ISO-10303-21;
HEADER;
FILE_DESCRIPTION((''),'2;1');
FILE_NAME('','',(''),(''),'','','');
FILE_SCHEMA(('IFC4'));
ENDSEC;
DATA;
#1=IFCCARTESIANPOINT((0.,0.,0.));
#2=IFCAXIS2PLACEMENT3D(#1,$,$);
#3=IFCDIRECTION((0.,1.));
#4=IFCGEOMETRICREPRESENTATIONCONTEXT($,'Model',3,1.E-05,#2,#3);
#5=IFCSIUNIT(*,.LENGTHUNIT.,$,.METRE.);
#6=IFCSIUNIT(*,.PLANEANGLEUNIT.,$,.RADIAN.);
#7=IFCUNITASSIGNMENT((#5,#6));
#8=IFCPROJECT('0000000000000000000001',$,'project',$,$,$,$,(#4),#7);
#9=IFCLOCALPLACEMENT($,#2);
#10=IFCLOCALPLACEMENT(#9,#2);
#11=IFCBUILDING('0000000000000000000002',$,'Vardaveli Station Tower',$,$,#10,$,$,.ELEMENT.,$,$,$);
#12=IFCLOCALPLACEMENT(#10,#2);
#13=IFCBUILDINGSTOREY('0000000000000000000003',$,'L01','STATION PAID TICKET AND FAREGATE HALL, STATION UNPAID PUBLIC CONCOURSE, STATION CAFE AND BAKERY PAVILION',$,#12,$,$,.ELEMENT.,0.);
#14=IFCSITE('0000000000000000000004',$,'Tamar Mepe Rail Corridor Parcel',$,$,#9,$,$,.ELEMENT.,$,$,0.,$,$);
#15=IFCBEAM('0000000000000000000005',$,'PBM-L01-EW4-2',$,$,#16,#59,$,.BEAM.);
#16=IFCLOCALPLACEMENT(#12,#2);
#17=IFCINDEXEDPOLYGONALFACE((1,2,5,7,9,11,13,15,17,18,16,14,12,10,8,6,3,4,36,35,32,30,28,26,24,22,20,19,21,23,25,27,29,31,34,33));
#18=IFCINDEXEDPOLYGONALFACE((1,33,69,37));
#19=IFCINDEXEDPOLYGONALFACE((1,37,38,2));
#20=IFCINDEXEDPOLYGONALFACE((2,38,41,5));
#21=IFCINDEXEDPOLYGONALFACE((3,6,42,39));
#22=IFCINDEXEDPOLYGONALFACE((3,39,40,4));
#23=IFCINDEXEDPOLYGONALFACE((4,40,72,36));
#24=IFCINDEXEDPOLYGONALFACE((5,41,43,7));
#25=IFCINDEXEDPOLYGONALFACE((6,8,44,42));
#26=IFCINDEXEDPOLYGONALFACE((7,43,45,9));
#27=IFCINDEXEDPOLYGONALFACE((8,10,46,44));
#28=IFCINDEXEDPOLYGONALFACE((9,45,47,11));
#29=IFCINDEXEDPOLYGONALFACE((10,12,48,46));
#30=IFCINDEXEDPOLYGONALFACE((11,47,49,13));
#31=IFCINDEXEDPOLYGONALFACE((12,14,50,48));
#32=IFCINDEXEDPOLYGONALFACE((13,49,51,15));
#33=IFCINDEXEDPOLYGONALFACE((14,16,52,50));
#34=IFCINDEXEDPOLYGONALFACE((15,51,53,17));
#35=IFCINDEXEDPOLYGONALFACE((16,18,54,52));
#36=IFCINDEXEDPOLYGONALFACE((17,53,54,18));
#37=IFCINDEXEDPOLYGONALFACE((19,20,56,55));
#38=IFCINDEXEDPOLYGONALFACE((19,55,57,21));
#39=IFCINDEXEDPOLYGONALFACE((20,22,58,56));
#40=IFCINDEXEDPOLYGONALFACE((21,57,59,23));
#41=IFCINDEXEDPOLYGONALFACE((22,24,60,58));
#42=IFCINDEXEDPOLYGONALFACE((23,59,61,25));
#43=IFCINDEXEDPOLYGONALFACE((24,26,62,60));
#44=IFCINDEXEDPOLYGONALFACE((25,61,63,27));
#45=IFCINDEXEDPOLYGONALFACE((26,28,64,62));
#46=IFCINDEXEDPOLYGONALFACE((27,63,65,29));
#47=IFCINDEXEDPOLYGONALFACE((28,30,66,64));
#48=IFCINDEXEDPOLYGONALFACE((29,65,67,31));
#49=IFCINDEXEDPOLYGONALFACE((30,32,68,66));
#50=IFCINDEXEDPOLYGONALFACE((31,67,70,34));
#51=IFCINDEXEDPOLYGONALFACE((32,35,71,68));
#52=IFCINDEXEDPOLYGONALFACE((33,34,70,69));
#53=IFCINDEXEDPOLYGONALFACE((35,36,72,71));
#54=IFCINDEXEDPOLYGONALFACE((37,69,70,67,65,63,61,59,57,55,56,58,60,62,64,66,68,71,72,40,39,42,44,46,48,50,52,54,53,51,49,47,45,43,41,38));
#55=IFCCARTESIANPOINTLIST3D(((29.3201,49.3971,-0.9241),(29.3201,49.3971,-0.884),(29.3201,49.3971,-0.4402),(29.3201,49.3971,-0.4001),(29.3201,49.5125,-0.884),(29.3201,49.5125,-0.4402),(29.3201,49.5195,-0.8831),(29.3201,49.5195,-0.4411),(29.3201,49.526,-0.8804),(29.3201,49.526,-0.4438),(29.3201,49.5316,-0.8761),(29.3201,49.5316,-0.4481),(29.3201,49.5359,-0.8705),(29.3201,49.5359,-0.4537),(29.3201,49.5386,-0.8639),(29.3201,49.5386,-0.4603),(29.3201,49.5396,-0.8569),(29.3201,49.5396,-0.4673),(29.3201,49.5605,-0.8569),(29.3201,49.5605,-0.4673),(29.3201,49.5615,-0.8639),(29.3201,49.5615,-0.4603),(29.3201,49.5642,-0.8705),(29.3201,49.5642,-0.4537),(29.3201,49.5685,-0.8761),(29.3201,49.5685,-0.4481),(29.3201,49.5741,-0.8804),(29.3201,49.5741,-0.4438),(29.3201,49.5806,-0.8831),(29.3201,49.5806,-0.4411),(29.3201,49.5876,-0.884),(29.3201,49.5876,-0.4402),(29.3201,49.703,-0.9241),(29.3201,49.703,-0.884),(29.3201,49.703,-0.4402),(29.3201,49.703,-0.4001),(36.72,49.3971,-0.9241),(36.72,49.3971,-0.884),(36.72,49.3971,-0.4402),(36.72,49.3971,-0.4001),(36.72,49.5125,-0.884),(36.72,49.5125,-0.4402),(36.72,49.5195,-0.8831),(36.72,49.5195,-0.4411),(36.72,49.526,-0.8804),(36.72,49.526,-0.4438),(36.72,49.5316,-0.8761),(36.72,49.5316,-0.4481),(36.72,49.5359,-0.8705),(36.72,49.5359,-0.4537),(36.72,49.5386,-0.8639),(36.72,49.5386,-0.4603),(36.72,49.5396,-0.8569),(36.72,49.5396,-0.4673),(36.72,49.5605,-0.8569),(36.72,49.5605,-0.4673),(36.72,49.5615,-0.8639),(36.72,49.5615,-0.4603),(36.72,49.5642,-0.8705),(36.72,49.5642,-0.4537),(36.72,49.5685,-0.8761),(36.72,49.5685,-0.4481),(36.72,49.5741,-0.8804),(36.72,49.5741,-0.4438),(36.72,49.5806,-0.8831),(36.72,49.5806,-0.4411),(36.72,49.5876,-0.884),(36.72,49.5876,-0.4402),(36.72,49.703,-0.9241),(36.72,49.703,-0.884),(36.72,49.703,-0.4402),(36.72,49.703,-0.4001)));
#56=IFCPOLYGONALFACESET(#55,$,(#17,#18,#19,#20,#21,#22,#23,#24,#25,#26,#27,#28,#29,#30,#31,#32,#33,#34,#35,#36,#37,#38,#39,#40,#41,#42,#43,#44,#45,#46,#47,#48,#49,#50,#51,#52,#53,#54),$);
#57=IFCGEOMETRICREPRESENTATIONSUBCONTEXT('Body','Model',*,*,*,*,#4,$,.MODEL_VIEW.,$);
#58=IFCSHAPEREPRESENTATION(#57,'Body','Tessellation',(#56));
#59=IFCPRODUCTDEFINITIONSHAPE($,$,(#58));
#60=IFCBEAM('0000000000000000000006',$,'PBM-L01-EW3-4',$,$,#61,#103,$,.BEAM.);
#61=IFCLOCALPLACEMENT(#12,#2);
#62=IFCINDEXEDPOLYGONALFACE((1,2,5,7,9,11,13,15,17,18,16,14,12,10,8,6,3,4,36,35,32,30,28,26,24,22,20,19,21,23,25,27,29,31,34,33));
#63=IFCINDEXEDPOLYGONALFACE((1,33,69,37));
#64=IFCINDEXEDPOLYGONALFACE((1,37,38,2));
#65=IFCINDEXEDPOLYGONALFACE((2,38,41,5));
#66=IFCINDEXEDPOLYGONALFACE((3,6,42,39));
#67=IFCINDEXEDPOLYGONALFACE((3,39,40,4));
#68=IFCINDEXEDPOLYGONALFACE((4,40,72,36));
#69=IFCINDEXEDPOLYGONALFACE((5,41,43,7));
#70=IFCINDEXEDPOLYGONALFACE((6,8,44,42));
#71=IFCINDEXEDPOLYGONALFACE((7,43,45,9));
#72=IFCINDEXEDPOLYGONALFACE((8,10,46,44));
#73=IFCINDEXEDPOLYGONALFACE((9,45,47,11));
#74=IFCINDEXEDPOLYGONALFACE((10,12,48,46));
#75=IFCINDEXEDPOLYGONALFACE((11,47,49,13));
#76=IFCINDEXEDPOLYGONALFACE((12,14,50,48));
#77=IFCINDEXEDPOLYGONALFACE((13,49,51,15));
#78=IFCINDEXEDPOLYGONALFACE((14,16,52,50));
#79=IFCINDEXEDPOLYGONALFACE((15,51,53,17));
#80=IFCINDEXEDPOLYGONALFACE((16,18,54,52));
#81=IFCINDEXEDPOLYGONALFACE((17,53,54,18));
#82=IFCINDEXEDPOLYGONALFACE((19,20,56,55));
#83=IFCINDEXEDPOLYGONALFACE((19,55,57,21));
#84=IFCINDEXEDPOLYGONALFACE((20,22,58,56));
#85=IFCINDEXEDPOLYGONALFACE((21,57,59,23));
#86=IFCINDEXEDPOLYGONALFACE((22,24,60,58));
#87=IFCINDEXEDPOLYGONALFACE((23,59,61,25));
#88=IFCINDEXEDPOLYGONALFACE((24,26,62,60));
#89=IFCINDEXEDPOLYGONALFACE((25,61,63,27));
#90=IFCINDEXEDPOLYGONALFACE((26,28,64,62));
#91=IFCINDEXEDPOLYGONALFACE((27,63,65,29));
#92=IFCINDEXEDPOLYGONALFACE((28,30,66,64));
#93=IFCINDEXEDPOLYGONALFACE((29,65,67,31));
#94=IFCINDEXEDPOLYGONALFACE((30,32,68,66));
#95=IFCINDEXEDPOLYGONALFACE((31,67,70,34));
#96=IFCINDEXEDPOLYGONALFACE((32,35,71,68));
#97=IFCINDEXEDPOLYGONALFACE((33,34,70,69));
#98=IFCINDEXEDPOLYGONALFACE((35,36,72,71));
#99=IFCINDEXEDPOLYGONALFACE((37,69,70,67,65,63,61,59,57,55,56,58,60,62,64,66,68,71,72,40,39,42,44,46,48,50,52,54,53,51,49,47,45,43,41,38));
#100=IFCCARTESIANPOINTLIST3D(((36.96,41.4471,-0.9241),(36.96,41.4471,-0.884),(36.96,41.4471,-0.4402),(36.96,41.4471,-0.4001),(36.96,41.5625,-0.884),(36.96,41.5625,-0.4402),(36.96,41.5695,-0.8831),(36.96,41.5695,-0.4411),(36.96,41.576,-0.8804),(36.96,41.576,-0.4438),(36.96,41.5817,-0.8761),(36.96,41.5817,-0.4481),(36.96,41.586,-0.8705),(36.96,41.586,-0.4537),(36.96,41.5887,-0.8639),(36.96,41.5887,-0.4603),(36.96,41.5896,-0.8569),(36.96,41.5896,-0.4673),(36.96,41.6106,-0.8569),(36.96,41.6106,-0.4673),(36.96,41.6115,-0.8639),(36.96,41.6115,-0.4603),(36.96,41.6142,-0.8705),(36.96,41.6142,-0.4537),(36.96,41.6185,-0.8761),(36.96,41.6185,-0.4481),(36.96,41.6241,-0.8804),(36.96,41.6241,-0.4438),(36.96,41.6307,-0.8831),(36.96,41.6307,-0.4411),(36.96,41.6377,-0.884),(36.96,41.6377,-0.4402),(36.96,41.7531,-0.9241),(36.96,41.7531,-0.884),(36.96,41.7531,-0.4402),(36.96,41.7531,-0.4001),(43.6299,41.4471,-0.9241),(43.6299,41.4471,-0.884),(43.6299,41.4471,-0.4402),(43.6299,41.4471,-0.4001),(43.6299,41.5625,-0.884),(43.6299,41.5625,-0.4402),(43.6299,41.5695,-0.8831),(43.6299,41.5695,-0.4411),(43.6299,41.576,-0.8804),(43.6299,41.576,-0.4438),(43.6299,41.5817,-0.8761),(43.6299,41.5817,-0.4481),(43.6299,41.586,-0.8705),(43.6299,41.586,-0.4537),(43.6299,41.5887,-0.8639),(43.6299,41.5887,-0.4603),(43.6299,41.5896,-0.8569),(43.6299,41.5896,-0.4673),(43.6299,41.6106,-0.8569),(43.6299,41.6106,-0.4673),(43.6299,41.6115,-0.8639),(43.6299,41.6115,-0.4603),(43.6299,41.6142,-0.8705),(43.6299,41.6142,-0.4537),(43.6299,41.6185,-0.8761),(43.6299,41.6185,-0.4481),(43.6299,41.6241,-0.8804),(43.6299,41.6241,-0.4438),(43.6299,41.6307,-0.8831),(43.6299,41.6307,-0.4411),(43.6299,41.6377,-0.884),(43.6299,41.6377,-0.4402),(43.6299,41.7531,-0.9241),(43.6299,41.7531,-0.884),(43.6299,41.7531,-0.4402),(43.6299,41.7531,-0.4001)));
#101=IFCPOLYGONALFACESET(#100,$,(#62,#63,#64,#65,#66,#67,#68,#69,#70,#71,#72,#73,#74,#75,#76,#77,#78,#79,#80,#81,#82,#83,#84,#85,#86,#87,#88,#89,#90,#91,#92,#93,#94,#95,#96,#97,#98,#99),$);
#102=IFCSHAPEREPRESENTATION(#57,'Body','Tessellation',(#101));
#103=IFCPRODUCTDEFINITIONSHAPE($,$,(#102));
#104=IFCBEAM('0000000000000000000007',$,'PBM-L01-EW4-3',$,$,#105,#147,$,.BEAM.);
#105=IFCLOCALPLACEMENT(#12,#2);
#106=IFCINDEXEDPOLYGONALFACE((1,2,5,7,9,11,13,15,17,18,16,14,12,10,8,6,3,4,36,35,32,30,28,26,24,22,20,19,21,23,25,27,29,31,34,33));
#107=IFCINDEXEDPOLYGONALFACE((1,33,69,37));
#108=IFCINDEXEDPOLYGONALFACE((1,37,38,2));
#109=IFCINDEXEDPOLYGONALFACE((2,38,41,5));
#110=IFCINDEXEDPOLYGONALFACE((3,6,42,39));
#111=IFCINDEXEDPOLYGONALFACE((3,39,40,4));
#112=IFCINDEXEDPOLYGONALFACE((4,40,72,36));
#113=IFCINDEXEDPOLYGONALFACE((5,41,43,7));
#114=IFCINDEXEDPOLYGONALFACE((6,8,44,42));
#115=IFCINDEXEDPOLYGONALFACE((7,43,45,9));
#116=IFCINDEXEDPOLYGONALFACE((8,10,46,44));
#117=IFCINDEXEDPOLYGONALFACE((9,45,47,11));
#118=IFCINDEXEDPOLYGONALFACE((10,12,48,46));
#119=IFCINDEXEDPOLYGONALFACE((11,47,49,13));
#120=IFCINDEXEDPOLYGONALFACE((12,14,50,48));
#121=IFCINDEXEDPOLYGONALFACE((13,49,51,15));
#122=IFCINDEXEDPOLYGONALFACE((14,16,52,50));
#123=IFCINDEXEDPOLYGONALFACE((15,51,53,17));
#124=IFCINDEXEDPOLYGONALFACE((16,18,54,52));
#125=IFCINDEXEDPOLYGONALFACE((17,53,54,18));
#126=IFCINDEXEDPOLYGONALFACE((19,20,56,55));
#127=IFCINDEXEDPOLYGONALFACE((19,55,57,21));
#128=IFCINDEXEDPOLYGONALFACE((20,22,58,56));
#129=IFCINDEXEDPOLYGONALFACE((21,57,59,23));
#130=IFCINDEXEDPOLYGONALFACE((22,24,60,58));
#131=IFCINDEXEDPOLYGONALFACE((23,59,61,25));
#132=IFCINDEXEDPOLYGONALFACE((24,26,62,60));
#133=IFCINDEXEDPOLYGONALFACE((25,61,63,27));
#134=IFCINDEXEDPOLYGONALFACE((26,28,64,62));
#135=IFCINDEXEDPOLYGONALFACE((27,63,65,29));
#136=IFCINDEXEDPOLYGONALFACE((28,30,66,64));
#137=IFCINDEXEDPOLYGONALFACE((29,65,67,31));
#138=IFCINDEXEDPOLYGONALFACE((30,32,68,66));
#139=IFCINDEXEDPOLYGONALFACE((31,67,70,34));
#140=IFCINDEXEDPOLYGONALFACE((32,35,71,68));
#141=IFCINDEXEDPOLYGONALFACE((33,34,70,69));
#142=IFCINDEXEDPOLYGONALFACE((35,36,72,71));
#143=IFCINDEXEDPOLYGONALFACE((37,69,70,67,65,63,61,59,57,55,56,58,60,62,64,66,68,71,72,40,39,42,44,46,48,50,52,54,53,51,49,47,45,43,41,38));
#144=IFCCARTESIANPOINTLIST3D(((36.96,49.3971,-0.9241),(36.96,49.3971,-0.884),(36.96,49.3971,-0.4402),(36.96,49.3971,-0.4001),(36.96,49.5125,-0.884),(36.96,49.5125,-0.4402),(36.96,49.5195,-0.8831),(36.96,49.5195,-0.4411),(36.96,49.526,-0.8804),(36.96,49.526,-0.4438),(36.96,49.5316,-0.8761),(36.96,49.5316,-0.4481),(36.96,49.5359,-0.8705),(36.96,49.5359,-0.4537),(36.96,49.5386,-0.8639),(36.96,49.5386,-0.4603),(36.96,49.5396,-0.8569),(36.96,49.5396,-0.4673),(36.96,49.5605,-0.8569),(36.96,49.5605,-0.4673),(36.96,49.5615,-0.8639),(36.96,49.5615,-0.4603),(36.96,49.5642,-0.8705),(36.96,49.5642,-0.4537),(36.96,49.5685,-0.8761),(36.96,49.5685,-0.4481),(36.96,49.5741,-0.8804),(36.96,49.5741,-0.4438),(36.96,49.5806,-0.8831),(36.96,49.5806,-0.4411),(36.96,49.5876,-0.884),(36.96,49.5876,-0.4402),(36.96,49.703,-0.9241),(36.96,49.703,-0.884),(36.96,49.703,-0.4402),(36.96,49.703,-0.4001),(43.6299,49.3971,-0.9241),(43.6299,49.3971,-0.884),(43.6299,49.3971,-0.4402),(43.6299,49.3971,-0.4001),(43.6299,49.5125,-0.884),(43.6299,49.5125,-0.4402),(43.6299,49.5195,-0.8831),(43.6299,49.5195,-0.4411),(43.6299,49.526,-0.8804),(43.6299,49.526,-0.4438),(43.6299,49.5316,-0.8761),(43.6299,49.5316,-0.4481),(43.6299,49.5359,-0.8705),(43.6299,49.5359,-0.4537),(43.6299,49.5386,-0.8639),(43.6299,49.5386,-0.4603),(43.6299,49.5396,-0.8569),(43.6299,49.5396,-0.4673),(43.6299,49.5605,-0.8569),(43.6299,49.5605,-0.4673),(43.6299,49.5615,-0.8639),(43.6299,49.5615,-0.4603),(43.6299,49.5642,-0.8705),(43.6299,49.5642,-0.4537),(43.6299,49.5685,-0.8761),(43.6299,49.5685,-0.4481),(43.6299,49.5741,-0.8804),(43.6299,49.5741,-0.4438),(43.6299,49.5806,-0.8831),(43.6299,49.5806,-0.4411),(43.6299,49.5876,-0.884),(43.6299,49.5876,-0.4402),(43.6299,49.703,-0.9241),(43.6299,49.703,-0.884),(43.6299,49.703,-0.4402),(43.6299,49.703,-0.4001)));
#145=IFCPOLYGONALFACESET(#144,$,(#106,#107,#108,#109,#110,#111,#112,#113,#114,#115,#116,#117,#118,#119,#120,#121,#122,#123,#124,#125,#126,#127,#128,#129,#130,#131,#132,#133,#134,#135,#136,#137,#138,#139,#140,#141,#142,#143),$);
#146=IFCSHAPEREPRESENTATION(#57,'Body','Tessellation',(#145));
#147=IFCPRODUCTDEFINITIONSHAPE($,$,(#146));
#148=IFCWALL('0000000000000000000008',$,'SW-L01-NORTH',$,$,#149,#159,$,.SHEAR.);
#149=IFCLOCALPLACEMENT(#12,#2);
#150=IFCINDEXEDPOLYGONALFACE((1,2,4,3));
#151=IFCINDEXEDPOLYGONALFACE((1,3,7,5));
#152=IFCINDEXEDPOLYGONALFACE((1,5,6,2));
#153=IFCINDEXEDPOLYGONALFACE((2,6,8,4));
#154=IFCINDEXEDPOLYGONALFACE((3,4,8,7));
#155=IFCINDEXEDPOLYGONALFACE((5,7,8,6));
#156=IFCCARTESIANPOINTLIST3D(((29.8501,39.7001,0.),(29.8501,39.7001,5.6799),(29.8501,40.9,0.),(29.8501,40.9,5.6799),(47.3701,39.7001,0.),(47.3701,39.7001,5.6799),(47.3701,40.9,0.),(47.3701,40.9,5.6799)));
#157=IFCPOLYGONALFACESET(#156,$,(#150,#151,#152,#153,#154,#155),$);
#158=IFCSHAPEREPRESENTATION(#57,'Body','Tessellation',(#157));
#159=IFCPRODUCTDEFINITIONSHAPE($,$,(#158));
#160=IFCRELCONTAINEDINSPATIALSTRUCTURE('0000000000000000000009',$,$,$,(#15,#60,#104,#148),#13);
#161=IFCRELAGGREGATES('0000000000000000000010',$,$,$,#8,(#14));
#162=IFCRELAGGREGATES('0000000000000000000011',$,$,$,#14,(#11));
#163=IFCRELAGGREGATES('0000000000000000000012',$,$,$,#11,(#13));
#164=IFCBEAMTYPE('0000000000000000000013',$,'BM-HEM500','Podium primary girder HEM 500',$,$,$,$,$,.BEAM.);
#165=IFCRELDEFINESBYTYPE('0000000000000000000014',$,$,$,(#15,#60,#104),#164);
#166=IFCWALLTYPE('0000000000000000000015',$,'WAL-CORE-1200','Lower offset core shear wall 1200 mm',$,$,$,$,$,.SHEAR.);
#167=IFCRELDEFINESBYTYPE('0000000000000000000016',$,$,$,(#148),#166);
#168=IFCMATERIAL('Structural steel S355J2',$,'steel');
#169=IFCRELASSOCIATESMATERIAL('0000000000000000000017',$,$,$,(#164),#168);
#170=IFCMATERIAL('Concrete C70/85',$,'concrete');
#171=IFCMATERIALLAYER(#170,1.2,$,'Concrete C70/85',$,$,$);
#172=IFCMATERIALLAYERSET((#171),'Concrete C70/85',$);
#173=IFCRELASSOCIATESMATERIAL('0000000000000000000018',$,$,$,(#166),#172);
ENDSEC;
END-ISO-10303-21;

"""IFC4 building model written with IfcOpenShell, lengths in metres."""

from ifc_helpers import new_model, si_unit, direction, frame, frame_2d, origin, origin_2d, place, context, subcontext, project, spatial, rectangle, i_section, extrude, source, transform, mapped, material, layer, layer_set, material_profile, profile_set, type_object, element, save


model = new_model("IFC4")

# Units and contexts
model_context = context("Model", 3, precision=1e-05, world=origin(), true_north=direction((0.0, 1.0)))
body_context = subcontext(model_context, "Body", "Model", "MODEL_VIEW")
ifc_project = project(units=[si_unit("LENGTHUNIT", "METRE"), si_unit("PLANEANGLEUNIT", "RADIAN")], contexts=[model_context])

# Site, building, storey
site_placement = place(None, origin())
site = spatial("IfcSite", under=ifc_project, at=site_placement, Name="Tamar Mepe Rail Corridor Parcel", CompositionType="ELEMENT", RefElevation=0.0)
building_placement = place(site_placement, origin())
building = spatial("IfcBuilding", under=site, at=building_placement, Name="Vardaveli Station Tower", CompositionType="ELEMENT")
storey_placement = place(building_placement, origin())
storey = spatial("IfcBuildingStorey", under=building, at=storey_placement, Name="L01", Description="STATION PAID TICKET AND FAREGATE HALL, STATION UNPAID PUBLIC CONCOURSE, STATION CAFE AND BAKERY PAVILION", CompositionType="ELEMENT", Elevation=0.0)

# Shared definitions
ifc_material_1 = material(Name="Concrete C70/85", Category="concrete")

# Beams
ifc_material_2 = material(Name="Structural steel S355J2", Category="steel")
ifc_material_profile_1 = material_profile(ifc_material_2, i_section(OverallWidth=0.3059, OverallDepth=0.5239, WebThickness=0.021, FlangeThickness=0.04, FilletRadius=0.0271, at=origin_2d()), Name="HEM 500")
ifc_profile_set_1 = profile_set([ifc_material_profile_1], Name="Structural steel S355J2")
beam_type = type_object("IfcBeamType", Name="BM-HEM500", Description="Podium primary girder HEM 500", PredefinedType="BEAM", material=ifc_profile_set_1)
shared_shape_1 = source(origin(), body_context, "Body", "SweptSolid", [
    extrude(i_section(OverallWidth=0.3059, OverallDepth=0.5239, WebThickness=0.021, FlangeThickness=0.04, FilletRadius=0.0271, at=origin_2d()), origin(), (0.0, 0.0, 1.0), 7.3999),
])
for number, where, z_axis, x_axis, name in (
    (1, (29.3201, 49.55, -0.6621), (1.0, 0.0, 0.0), (0.0, 1.0, 0.0), "PBM-L01-EW4-2"),
):
    element("IfcBeam", number, at=place(storey_placement, frame(where, z_axis=z_axis, x_axis=x_axis)), inside=storey, type_object=beam_type, Name=name, PredefinedType="BEAM", context=body_context, shape_type="MappedRepresentation", body=[
        mapped(shared_shape_1, transform((0.0, 0.0, 0.0), scale=1.0)),
    ])
shared_shape_2 = source(origin(), body_context, "Body", "SweptSolid", [
    extrude(i_section(OverallWidth=0.3059, OverallDepth=0.5239, WebThickness=0.021, FlangeThickness=0.04, FilletRadius=0.0271, at=origin_2d()), origin(), (0.0, 0.0, 1.0), 6.6699),
])
for number, where, z_axis, x_axis, name in (
    (2, (36.96, 41.6001, -0.6621), (1.0, 0.0, 0.0), (0.0, 1.0, 0.0), "PBM-L01-EW3-4"),
    (3, (36.96, 49.55, -0.6621), (1.0, 0.0, 0.0), (0.0, 1.0, 0.0), "PBM-L01-EW4-3"),
):
    element("IfcBeam", number, at=place(storey_placement, frame(where, z_axis=z_axis, x_axis=x_axis)), inside=storey, type_object=beam_type, Name=name, PredefinedType="BEAM", context=body_context, shape_type="MappedRepresentation", body=[
        mapped(shared_shape_2, transform((0.0, 0.0, 0.0), scale=1.0)),
    ])

# Wall
ifc_layer_1 = layer(ifc_material_1, 1.2, Name="Concrete C70/85")
ifc_layer_set_1 = layer_set([ifc_layer_1], Name="Concrete C70/85")
wall_type_1 = type_object("IfcWallType", Name="WAL-CORE-1200", Description="Lower offset core shear wall 1200 mm", PredefinedType="SHEAR", material=ifc_layer_set_1)
shared_shape_3 = source(origin(), body_context, "Body", "SweptSolid", [
    extrude(rectangle(XDim=17.52, YDim=1.2, at=frame_2d((8.76, 0.0))), origin(), (0.0, 0.0, 1.0), 5.6799),
])
wall_1_placement = place(storey_placement, frame((29.8501, 40.3, 0.0), z_axis=(0.0, 0.0, 1.0), x_axis=(1.0, 0.0, 0.0)))
element("IfcWall", 4, at=wall_1_placement, inside=storey, type_object=wall_type_1, Name="SW-L01-NORTH", PredefinedType="SHEAR", context=body_context, shape_type="MappedRepresentation", body=[
    mapped(shared_shape_3, transform((0.0, 0.0, 0.0), scale=1.0)),
])

save(model, "model.ifc")
